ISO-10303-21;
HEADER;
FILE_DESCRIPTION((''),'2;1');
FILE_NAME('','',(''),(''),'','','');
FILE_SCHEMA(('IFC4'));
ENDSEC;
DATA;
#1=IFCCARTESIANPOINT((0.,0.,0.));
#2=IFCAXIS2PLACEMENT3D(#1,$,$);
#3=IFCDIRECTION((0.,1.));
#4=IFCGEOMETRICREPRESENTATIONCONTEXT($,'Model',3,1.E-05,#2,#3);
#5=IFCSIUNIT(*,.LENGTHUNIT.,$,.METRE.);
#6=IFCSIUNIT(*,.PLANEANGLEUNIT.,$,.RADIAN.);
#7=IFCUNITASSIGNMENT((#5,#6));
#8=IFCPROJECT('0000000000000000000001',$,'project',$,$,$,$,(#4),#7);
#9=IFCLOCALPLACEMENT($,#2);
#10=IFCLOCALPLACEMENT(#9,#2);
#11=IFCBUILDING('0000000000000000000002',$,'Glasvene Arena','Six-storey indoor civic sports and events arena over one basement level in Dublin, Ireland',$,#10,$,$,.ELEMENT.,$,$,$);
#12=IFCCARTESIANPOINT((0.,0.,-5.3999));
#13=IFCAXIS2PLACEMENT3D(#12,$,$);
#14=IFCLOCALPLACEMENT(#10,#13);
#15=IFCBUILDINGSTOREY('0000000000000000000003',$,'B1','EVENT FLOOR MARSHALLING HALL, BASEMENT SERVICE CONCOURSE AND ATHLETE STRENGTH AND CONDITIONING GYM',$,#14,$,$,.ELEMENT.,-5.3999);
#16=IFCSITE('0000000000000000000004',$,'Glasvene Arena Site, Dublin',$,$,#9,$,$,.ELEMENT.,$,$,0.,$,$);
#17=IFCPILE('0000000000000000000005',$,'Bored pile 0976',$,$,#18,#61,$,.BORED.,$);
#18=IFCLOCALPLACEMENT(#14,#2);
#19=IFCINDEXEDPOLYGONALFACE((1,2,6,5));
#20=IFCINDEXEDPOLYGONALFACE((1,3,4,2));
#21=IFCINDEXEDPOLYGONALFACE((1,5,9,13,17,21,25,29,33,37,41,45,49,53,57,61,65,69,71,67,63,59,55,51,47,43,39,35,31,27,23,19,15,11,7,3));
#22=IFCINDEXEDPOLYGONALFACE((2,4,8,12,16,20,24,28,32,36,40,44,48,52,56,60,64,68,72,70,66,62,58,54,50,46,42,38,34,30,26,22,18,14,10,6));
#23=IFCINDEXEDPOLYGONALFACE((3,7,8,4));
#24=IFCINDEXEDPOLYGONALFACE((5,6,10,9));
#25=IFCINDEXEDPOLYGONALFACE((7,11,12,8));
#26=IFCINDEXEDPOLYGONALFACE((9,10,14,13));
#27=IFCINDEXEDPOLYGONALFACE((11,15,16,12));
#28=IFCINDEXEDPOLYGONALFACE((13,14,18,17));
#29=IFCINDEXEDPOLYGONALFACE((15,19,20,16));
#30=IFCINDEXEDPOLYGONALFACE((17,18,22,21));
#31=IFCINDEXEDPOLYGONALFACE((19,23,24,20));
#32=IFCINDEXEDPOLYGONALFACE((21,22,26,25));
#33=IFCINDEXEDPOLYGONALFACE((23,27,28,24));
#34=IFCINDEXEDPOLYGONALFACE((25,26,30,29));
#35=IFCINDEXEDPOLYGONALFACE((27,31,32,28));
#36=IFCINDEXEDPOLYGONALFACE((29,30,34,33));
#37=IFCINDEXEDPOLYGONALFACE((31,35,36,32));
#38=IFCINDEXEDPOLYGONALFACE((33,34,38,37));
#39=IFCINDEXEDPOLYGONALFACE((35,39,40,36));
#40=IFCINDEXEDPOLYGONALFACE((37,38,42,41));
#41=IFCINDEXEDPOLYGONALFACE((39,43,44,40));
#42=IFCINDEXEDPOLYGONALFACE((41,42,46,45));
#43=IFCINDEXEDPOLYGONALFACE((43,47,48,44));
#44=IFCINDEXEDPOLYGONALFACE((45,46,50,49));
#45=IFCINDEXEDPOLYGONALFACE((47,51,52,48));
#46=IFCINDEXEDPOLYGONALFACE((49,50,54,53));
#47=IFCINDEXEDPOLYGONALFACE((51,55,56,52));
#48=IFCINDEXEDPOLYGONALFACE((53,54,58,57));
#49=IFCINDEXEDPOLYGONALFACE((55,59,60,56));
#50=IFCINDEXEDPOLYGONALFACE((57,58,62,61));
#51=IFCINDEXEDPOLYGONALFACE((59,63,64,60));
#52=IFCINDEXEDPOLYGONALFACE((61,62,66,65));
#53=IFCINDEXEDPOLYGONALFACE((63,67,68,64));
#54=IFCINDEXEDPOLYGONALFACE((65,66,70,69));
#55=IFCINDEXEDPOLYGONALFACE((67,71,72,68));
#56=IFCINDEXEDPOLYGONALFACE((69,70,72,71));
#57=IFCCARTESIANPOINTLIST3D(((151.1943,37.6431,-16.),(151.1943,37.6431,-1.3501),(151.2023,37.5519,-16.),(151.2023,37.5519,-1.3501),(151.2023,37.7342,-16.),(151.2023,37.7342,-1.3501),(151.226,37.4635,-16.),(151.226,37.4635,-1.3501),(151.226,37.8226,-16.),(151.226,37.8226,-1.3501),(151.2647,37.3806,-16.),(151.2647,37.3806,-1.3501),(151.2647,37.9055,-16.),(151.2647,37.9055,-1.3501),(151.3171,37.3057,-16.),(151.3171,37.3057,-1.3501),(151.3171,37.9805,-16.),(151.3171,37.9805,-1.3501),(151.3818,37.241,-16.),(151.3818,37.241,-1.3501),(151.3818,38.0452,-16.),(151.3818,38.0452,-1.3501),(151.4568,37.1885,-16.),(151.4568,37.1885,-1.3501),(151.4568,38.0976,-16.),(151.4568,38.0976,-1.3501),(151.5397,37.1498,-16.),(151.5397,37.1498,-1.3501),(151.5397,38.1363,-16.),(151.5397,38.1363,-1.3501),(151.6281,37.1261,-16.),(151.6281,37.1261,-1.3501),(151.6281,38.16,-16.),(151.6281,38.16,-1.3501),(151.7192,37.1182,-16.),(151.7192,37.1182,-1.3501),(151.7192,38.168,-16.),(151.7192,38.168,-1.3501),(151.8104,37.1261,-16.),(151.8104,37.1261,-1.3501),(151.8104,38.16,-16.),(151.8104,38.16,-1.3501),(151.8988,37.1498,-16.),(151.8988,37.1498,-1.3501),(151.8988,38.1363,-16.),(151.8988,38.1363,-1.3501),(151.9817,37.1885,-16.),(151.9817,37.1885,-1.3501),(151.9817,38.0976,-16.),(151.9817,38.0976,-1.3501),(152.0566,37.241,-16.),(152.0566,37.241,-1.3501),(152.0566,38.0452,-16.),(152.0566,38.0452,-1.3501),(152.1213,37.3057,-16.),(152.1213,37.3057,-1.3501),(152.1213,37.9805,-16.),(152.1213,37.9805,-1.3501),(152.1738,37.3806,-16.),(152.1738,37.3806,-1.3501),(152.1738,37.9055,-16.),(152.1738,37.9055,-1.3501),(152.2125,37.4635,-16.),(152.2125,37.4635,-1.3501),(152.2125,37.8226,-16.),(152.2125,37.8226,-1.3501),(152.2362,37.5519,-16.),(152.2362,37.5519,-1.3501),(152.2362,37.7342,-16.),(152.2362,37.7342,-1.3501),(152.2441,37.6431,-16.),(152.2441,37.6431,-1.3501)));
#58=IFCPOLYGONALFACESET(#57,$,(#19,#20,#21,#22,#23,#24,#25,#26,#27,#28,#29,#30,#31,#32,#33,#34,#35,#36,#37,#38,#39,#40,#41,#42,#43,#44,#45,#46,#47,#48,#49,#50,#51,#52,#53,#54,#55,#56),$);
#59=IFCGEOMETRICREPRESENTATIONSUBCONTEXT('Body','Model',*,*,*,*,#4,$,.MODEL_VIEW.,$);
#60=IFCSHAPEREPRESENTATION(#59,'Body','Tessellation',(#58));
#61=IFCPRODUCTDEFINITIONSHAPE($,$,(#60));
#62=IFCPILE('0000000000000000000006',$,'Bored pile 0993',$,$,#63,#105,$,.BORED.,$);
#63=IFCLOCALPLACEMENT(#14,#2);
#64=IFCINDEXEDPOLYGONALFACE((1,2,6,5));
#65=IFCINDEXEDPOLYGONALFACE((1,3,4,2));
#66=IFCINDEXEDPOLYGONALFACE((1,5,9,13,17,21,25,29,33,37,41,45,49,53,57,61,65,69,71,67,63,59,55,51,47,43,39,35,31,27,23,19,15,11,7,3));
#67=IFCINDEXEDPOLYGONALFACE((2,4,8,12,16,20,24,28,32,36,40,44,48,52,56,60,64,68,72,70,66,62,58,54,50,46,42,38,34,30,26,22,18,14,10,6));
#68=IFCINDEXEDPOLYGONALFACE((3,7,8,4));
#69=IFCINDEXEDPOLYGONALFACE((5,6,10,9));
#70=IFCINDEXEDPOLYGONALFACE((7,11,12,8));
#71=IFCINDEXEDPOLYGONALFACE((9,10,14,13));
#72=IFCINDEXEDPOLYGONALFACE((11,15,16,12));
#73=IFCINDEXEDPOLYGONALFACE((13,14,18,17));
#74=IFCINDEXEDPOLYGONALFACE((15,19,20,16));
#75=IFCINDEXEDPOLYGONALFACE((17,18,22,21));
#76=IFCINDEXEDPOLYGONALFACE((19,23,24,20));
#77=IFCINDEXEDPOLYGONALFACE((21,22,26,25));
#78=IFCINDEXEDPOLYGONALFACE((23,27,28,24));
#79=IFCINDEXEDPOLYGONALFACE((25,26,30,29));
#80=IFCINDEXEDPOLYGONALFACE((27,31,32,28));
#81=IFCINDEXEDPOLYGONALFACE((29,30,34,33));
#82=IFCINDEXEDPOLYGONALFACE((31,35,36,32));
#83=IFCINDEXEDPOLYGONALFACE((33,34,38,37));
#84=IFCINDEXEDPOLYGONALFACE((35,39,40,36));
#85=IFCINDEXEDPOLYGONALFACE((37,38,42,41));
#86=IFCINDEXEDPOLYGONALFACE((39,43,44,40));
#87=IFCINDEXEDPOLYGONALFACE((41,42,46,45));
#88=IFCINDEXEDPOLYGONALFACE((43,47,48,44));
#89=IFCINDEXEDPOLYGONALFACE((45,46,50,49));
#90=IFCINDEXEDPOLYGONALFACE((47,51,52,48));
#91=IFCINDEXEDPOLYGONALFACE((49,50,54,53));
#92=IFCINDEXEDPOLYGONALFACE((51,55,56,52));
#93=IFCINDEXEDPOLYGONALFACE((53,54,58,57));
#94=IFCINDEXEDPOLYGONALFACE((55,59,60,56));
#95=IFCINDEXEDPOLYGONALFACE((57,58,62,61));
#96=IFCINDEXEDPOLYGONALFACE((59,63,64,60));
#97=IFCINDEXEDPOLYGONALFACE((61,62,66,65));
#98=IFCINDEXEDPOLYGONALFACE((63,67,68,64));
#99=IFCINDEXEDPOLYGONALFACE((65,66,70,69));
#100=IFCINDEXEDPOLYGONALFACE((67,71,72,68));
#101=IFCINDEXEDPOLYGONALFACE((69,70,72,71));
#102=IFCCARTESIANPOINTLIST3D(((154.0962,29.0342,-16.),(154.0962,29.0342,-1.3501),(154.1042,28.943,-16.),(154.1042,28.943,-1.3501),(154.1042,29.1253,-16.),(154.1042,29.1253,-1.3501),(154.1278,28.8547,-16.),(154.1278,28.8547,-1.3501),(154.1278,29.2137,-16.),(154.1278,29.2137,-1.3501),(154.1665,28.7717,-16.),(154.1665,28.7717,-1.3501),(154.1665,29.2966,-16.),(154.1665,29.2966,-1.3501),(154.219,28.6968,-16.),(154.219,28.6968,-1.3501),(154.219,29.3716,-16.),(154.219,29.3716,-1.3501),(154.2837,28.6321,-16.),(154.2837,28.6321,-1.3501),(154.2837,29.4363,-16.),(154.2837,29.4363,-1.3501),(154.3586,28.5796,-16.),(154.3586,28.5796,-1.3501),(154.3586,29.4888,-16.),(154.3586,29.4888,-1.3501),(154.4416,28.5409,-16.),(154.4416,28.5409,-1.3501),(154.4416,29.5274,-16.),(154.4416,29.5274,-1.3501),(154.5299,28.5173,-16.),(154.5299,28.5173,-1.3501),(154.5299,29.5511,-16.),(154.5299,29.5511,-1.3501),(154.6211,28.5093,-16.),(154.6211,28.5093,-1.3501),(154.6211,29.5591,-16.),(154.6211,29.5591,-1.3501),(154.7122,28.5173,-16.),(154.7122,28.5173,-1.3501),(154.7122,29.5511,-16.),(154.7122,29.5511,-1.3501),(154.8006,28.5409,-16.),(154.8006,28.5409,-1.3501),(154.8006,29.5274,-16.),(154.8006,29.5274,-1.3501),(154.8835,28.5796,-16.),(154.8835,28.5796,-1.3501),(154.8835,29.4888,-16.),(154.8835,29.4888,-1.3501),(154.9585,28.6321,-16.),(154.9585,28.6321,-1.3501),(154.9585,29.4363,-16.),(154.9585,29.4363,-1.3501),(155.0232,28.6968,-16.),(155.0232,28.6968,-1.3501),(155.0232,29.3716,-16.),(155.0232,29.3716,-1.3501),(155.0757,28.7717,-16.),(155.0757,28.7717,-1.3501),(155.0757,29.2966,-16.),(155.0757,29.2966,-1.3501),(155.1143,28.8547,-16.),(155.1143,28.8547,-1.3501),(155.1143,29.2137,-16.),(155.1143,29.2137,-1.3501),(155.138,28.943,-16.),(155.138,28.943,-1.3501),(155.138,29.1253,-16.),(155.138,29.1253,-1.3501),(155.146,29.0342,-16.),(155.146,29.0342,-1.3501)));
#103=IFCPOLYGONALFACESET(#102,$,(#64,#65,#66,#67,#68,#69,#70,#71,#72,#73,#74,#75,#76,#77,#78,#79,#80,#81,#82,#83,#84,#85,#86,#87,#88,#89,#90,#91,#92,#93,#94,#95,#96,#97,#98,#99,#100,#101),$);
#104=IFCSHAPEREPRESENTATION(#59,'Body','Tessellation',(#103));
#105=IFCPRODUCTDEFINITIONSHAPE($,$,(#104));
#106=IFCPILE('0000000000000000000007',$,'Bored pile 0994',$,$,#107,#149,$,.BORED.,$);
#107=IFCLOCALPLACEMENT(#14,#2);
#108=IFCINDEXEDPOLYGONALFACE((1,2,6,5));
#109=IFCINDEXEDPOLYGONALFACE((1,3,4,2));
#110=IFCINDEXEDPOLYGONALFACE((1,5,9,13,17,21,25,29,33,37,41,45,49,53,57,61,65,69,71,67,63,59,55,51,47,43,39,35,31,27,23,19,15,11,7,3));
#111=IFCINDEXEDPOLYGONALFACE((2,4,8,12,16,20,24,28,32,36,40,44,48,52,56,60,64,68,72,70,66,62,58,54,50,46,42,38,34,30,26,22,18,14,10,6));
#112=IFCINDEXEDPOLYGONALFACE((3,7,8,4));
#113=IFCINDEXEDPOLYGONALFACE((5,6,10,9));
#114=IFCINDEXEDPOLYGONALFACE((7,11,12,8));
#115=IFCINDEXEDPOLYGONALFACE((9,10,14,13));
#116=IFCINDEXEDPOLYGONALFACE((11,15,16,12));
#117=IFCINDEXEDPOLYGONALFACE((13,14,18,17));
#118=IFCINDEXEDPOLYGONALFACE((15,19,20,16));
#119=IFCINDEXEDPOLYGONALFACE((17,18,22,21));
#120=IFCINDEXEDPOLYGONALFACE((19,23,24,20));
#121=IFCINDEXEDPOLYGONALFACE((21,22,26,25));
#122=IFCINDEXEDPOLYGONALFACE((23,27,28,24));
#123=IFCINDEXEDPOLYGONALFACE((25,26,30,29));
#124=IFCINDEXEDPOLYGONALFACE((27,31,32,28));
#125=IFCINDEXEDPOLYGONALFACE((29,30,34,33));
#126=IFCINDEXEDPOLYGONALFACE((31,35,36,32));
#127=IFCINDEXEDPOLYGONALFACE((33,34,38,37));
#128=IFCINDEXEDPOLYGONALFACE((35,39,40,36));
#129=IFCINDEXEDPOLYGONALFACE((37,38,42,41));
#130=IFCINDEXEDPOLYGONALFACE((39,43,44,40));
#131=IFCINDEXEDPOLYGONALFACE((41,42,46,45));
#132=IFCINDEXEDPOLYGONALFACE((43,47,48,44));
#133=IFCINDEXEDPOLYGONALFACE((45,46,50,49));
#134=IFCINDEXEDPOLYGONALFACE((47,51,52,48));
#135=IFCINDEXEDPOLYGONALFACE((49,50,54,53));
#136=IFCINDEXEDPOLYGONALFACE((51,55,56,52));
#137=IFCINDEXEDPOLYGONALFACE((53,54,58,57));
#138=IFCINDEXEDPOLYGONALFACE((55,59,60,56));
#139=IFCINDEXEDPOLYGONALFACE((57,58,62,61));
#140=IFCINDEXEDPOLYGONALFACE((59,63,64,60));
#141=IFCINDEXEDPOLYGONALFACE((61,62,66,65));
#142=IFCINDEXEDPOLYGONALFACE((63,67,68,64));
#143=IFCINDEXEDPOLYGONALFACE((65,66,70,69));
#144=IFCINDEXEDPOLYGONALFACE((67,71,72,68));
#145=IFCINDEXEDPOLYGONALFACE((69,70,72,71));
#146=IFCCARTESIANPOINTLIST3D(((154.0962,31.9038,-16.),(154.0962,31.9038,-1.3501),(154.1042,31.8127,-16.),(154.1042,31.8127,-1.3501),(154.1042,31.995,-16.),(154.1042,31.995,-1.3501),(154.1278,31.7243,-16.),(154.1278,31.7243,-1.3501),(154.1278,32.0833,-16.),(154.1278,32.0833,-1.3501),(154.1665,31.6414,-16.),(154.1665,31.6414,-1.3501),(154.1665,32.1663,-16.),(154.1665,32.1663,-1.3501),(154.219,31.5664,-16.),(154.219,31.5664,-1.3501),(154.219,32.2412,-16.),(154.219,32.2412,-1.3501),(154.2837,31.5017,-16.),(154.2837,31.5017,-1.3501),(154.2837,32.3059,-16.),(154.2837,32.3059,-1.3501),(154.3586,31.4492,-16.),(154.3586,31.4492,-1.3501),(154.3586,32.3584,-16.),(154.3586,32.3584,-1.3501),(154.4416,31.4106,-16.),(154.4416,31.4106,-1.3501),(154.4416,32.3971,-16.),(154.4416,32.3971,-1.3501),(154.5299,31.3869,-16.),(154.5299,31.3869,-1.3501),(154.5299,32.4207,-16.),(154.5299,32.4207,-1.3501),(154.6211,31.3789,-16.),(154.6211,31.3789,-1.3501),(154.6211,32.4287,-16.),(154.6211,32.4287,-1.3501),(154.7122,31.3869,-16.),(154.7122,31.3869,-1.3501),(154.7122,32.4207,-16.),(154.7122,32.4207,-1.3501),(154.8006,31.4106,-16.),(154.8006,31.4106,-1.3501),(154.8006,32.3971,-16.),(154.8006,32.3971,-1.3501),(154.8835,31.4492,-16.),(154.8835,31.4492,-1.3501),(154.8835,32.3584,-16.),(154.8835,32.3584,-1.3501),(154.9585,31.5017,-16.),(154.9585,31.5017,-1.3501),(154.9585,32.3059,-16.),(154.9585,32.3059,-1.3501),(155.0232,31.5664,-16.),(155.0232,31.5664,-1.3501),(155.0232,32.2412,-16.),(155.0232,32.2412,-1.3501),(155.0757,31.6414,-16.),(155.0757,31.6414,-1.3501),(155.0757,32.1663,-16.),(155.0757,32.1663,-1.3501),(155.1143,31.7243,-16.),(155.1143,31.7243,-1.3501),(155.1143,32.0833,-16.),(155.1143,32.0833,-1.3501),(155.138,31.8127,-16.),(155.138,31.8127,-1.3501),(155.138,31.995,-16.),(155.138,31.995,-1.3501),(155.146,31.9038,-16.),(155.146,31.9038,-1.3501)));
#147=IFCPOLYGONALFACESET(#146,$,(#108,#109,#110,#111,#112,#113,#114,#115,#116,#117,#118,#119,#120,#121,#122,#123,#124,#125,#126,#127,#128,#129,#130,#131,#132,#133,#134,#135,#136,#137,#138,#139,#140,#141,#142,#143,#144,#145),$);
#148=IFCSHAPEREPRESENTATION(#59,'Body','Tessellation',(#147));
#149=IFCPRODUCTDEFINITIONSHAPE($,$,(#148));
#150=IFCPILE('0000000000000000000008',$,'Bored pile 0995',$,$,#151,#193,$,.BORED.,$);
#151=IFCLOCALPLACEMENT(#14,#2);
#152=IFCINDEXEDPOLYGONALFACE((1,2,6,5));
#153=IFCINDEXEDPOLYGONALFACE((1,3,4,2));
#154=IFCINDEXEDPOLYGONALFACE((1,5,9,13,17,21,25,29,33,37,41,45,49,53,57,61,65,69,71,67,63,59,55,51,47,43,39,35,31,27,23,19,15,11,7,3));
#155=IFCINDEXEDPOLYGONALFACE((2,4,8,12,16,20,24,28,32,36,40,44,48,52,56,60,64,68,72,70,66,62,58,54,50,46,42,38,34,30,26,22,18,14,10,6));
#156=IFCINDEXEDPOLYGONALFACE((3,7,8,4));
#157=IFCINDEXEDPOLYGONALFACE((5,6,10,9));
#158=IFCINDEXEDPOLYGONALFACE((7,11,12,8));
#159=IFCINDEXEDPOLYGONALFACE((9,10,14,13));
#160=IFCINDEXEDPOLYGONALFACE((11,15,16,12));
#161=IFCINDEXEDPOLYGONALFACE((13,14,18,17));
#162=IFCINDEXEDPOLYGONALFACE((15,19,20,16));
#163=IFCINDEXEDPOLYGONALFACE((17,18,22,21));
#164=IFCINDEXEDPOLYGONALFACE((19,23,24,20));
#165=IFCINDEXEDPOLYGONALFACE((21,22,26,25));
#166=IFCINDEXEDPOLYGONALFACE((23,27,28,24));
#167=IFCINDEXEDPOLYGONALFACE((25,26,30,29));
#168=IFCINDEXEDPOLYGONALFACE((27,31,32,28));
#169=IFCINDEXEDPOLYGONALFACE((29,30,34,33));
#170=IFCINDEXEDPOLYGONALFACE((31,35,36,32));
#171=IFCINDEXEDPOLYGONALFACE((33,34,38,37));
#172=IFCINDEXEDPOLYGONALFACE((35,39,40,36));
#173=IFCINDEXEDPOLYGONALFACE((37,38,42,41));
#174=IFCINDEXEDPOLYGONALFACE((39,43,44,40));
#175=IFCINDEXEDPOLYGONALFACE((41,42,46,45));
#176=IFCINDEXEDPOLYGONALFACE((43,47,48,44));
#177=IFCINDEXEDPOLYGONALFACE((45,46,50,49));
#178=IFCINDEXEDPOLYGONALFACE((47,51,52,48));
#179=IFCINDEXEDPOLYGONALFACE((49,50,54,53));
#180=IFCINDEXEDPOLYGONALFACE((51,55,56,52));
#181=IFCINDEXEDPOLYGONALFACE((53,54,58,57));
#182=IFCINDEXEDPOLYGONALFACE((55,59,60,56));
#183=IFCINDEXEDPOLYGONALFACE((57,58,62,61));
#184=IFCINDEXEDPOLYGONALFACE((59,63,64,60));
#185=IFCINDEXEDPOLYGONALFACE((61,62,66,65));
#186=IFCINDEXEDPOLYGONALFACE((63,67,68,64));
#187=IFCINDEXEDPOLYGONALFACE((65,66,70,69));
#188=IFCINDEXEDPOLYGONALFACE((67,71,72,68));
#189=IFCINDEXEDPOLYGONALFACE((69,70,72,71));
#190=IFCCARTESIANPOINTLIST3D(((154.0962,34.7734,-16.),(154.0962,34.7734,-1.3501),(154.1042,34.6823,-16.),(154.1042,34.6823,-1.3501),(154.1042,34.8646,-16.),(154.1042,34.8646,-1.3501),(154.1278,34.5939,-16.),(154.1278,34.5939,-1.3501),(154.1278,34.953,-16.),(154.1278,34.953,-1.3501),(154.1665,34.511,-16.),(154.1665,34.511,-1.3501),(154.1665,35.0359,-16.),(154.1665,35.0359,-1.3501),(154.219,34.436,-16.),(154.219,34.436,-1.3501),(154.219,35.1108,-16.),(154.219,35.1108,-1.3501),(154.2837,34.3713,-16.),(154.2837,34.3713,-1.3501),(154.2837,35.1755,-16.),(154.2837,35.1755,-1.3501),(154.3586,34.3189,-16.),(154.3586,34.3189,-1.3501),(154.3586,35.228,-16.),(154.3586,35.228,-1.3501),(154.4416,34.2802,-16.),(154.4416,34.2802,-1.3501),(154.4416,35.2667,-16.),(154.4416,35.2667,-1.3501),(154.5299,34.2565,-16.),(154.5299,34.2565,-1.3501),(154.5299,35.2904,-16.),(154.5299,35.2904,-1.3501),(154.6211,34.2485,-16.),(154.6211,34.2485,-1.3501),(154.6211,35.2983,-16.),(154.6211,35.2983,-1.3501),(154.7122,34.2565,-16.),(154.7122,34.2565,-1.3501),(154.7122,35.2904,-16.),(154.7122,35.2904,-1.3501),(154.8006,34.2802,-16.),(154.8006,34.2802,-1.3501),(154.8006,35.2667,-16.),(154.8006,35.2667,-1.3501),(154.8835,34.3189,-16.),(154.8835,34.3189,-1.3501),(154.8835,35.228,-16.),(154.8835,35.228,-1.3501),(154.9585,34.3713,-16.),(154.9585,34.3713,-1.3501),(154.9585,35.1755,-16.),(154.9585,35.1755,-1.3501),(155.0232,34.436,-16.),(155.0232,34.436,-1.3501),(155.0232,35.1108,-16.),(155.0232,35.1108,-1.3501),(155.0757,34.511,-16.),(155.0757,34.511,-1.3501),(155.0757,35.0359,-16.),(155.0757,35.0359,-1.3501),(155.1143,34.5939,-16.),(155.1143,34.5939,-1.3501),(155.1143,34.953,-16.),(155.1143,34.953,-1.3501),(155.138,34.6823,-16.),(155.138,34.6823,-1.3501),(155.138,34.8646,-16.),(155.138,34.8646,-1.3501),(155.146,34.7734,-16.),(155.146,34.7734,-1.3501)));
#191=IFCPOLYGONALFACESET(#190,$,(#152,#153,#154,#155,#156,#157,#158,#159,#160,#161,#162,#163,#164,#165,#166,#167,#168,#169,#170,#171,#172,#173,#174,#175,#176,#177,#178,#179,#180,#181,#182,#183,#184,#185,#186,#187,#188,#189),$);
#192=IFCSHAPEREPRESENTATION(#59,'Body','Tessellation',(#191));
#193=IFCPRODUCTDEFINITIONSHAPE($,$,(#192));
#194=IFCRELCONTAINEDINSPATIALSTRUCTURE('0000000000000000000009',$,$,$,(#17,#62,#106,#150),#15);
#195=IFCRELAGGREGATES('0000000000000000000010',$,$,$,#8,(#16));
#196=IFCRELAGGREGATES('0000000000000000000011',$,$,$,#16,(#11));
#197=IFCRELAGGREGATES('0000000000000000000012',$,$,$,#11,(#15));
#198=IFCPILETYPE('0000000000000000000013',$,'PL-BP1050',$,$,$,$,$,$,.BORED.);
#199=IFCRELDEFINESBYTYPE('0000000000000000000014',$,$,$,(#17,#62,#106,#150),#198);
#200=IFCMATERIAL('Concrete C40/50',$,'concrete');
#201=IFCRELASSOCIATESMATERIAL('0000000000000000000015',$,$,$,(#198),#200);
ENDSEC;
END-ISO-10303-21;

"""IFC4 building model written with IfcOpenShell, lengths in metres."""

from ifc_helpers import new_model, si_unit, direction, frame, origin, origin_2d, place, context, subcontext, project, spatial, circle, extrude, material, material_profile, profile_set, type_object, element, save


model = new_model("IFC4")

# Units and contexts
model_context = context("Model", 3, precision=1e-05, world=origin(), true_north=direction((0.0, 1.0)))
body_context = subcontext(model_context, "Body", "Model", "MODEL_VIEW")
ifc_project = project(units=[si_unit("LENGTHUNIT", "METRE"), si_unit("PLANEANGLEUNIT", "RADIAN")], contexts=[model_context])

# Site, building, storey
site_placement = place(None, origin())
site = spatial("IfcSite", under=ifc_project, at=site_placement, Name="Glasvene Arena Site, Dublin", CompositionType="ELEMENT", RefElevation=0.0)
building_placement = place(site_placement, origin())
building = spatial("IfcBuilding", under=site, at=building_placement, Name="Glasvene Arena", Description="Six-storey indoor civic sports and events arena over one basement level in Dublin, Ireland", CompositionType="ELEMENT")
storey_placement = place(building_placement, frame((0.0, 0.0, -5.3999)))
storey = spatial("IfcBuildingStorey", under=building, at=storey_placement, Name="B1", Description="EVENT FLOOR MARSHALLING HALL, BASEMENT SERVICE CONCOURSE AND ATHLETE STRENGTH AND CONDITIONING GYM", CompositionType="ELEMENT", Elevation=-5.3999)

# Piles
ifc_material = material(Name="Concrete C40/50", Category="concrete")
ifc_material_profile = material_profile(ifc_material, circle(Radius=0.5249, at=origin_2d()), Name="BORED PILE 1050")
ifc_profile_set = profile_set([ifc_material_profile], Name="Concrete C40/50")
pile_type = type_object("IfcPileType", Name="PL-BP1050", PredefinedType="BORED", material=ifc_profile_set)
for number, where, z_axis, x_axis, name in (
    (1, (151.7192, 37.6431, -1.3501), (0.0, 0.0, -1.0), (1.0, 0.0, 0.0), "Bored pile 0976"),
    (2, (154.6211, 29.0342, -1.3501), (0.0, 0.0, -1.0), (1.0, 0.0, 0.0), "Bored pile 0993"),
    (3, (154.6211, 31.9038, -1.3501), (0.0, 0.0, -1.0), (1.0, 0.0, 0.0), "Bored pile 0994"),
    (4, (154.6211, 34.7734, -1.3501), (0.0, 0.0, -1.0), (1.0, 0.0, 0.0), "Bored pile 0995"),
):
    element("IfcPile", number, at=place(storey_placement, frame(where, z_axis=z_axis, x_axis=x_axis)), inside=storey, type_object=pile_type, Name=name, PredefinedType="BORED", context=body_context, shape_type="SweptSolid", body=[
        extrude(circle(Radius=0.5249, at=origin_2d()), origin(), (0.0, 0.0, 1.0), 14.6499),
    ])

save(model, "model.ifc")
